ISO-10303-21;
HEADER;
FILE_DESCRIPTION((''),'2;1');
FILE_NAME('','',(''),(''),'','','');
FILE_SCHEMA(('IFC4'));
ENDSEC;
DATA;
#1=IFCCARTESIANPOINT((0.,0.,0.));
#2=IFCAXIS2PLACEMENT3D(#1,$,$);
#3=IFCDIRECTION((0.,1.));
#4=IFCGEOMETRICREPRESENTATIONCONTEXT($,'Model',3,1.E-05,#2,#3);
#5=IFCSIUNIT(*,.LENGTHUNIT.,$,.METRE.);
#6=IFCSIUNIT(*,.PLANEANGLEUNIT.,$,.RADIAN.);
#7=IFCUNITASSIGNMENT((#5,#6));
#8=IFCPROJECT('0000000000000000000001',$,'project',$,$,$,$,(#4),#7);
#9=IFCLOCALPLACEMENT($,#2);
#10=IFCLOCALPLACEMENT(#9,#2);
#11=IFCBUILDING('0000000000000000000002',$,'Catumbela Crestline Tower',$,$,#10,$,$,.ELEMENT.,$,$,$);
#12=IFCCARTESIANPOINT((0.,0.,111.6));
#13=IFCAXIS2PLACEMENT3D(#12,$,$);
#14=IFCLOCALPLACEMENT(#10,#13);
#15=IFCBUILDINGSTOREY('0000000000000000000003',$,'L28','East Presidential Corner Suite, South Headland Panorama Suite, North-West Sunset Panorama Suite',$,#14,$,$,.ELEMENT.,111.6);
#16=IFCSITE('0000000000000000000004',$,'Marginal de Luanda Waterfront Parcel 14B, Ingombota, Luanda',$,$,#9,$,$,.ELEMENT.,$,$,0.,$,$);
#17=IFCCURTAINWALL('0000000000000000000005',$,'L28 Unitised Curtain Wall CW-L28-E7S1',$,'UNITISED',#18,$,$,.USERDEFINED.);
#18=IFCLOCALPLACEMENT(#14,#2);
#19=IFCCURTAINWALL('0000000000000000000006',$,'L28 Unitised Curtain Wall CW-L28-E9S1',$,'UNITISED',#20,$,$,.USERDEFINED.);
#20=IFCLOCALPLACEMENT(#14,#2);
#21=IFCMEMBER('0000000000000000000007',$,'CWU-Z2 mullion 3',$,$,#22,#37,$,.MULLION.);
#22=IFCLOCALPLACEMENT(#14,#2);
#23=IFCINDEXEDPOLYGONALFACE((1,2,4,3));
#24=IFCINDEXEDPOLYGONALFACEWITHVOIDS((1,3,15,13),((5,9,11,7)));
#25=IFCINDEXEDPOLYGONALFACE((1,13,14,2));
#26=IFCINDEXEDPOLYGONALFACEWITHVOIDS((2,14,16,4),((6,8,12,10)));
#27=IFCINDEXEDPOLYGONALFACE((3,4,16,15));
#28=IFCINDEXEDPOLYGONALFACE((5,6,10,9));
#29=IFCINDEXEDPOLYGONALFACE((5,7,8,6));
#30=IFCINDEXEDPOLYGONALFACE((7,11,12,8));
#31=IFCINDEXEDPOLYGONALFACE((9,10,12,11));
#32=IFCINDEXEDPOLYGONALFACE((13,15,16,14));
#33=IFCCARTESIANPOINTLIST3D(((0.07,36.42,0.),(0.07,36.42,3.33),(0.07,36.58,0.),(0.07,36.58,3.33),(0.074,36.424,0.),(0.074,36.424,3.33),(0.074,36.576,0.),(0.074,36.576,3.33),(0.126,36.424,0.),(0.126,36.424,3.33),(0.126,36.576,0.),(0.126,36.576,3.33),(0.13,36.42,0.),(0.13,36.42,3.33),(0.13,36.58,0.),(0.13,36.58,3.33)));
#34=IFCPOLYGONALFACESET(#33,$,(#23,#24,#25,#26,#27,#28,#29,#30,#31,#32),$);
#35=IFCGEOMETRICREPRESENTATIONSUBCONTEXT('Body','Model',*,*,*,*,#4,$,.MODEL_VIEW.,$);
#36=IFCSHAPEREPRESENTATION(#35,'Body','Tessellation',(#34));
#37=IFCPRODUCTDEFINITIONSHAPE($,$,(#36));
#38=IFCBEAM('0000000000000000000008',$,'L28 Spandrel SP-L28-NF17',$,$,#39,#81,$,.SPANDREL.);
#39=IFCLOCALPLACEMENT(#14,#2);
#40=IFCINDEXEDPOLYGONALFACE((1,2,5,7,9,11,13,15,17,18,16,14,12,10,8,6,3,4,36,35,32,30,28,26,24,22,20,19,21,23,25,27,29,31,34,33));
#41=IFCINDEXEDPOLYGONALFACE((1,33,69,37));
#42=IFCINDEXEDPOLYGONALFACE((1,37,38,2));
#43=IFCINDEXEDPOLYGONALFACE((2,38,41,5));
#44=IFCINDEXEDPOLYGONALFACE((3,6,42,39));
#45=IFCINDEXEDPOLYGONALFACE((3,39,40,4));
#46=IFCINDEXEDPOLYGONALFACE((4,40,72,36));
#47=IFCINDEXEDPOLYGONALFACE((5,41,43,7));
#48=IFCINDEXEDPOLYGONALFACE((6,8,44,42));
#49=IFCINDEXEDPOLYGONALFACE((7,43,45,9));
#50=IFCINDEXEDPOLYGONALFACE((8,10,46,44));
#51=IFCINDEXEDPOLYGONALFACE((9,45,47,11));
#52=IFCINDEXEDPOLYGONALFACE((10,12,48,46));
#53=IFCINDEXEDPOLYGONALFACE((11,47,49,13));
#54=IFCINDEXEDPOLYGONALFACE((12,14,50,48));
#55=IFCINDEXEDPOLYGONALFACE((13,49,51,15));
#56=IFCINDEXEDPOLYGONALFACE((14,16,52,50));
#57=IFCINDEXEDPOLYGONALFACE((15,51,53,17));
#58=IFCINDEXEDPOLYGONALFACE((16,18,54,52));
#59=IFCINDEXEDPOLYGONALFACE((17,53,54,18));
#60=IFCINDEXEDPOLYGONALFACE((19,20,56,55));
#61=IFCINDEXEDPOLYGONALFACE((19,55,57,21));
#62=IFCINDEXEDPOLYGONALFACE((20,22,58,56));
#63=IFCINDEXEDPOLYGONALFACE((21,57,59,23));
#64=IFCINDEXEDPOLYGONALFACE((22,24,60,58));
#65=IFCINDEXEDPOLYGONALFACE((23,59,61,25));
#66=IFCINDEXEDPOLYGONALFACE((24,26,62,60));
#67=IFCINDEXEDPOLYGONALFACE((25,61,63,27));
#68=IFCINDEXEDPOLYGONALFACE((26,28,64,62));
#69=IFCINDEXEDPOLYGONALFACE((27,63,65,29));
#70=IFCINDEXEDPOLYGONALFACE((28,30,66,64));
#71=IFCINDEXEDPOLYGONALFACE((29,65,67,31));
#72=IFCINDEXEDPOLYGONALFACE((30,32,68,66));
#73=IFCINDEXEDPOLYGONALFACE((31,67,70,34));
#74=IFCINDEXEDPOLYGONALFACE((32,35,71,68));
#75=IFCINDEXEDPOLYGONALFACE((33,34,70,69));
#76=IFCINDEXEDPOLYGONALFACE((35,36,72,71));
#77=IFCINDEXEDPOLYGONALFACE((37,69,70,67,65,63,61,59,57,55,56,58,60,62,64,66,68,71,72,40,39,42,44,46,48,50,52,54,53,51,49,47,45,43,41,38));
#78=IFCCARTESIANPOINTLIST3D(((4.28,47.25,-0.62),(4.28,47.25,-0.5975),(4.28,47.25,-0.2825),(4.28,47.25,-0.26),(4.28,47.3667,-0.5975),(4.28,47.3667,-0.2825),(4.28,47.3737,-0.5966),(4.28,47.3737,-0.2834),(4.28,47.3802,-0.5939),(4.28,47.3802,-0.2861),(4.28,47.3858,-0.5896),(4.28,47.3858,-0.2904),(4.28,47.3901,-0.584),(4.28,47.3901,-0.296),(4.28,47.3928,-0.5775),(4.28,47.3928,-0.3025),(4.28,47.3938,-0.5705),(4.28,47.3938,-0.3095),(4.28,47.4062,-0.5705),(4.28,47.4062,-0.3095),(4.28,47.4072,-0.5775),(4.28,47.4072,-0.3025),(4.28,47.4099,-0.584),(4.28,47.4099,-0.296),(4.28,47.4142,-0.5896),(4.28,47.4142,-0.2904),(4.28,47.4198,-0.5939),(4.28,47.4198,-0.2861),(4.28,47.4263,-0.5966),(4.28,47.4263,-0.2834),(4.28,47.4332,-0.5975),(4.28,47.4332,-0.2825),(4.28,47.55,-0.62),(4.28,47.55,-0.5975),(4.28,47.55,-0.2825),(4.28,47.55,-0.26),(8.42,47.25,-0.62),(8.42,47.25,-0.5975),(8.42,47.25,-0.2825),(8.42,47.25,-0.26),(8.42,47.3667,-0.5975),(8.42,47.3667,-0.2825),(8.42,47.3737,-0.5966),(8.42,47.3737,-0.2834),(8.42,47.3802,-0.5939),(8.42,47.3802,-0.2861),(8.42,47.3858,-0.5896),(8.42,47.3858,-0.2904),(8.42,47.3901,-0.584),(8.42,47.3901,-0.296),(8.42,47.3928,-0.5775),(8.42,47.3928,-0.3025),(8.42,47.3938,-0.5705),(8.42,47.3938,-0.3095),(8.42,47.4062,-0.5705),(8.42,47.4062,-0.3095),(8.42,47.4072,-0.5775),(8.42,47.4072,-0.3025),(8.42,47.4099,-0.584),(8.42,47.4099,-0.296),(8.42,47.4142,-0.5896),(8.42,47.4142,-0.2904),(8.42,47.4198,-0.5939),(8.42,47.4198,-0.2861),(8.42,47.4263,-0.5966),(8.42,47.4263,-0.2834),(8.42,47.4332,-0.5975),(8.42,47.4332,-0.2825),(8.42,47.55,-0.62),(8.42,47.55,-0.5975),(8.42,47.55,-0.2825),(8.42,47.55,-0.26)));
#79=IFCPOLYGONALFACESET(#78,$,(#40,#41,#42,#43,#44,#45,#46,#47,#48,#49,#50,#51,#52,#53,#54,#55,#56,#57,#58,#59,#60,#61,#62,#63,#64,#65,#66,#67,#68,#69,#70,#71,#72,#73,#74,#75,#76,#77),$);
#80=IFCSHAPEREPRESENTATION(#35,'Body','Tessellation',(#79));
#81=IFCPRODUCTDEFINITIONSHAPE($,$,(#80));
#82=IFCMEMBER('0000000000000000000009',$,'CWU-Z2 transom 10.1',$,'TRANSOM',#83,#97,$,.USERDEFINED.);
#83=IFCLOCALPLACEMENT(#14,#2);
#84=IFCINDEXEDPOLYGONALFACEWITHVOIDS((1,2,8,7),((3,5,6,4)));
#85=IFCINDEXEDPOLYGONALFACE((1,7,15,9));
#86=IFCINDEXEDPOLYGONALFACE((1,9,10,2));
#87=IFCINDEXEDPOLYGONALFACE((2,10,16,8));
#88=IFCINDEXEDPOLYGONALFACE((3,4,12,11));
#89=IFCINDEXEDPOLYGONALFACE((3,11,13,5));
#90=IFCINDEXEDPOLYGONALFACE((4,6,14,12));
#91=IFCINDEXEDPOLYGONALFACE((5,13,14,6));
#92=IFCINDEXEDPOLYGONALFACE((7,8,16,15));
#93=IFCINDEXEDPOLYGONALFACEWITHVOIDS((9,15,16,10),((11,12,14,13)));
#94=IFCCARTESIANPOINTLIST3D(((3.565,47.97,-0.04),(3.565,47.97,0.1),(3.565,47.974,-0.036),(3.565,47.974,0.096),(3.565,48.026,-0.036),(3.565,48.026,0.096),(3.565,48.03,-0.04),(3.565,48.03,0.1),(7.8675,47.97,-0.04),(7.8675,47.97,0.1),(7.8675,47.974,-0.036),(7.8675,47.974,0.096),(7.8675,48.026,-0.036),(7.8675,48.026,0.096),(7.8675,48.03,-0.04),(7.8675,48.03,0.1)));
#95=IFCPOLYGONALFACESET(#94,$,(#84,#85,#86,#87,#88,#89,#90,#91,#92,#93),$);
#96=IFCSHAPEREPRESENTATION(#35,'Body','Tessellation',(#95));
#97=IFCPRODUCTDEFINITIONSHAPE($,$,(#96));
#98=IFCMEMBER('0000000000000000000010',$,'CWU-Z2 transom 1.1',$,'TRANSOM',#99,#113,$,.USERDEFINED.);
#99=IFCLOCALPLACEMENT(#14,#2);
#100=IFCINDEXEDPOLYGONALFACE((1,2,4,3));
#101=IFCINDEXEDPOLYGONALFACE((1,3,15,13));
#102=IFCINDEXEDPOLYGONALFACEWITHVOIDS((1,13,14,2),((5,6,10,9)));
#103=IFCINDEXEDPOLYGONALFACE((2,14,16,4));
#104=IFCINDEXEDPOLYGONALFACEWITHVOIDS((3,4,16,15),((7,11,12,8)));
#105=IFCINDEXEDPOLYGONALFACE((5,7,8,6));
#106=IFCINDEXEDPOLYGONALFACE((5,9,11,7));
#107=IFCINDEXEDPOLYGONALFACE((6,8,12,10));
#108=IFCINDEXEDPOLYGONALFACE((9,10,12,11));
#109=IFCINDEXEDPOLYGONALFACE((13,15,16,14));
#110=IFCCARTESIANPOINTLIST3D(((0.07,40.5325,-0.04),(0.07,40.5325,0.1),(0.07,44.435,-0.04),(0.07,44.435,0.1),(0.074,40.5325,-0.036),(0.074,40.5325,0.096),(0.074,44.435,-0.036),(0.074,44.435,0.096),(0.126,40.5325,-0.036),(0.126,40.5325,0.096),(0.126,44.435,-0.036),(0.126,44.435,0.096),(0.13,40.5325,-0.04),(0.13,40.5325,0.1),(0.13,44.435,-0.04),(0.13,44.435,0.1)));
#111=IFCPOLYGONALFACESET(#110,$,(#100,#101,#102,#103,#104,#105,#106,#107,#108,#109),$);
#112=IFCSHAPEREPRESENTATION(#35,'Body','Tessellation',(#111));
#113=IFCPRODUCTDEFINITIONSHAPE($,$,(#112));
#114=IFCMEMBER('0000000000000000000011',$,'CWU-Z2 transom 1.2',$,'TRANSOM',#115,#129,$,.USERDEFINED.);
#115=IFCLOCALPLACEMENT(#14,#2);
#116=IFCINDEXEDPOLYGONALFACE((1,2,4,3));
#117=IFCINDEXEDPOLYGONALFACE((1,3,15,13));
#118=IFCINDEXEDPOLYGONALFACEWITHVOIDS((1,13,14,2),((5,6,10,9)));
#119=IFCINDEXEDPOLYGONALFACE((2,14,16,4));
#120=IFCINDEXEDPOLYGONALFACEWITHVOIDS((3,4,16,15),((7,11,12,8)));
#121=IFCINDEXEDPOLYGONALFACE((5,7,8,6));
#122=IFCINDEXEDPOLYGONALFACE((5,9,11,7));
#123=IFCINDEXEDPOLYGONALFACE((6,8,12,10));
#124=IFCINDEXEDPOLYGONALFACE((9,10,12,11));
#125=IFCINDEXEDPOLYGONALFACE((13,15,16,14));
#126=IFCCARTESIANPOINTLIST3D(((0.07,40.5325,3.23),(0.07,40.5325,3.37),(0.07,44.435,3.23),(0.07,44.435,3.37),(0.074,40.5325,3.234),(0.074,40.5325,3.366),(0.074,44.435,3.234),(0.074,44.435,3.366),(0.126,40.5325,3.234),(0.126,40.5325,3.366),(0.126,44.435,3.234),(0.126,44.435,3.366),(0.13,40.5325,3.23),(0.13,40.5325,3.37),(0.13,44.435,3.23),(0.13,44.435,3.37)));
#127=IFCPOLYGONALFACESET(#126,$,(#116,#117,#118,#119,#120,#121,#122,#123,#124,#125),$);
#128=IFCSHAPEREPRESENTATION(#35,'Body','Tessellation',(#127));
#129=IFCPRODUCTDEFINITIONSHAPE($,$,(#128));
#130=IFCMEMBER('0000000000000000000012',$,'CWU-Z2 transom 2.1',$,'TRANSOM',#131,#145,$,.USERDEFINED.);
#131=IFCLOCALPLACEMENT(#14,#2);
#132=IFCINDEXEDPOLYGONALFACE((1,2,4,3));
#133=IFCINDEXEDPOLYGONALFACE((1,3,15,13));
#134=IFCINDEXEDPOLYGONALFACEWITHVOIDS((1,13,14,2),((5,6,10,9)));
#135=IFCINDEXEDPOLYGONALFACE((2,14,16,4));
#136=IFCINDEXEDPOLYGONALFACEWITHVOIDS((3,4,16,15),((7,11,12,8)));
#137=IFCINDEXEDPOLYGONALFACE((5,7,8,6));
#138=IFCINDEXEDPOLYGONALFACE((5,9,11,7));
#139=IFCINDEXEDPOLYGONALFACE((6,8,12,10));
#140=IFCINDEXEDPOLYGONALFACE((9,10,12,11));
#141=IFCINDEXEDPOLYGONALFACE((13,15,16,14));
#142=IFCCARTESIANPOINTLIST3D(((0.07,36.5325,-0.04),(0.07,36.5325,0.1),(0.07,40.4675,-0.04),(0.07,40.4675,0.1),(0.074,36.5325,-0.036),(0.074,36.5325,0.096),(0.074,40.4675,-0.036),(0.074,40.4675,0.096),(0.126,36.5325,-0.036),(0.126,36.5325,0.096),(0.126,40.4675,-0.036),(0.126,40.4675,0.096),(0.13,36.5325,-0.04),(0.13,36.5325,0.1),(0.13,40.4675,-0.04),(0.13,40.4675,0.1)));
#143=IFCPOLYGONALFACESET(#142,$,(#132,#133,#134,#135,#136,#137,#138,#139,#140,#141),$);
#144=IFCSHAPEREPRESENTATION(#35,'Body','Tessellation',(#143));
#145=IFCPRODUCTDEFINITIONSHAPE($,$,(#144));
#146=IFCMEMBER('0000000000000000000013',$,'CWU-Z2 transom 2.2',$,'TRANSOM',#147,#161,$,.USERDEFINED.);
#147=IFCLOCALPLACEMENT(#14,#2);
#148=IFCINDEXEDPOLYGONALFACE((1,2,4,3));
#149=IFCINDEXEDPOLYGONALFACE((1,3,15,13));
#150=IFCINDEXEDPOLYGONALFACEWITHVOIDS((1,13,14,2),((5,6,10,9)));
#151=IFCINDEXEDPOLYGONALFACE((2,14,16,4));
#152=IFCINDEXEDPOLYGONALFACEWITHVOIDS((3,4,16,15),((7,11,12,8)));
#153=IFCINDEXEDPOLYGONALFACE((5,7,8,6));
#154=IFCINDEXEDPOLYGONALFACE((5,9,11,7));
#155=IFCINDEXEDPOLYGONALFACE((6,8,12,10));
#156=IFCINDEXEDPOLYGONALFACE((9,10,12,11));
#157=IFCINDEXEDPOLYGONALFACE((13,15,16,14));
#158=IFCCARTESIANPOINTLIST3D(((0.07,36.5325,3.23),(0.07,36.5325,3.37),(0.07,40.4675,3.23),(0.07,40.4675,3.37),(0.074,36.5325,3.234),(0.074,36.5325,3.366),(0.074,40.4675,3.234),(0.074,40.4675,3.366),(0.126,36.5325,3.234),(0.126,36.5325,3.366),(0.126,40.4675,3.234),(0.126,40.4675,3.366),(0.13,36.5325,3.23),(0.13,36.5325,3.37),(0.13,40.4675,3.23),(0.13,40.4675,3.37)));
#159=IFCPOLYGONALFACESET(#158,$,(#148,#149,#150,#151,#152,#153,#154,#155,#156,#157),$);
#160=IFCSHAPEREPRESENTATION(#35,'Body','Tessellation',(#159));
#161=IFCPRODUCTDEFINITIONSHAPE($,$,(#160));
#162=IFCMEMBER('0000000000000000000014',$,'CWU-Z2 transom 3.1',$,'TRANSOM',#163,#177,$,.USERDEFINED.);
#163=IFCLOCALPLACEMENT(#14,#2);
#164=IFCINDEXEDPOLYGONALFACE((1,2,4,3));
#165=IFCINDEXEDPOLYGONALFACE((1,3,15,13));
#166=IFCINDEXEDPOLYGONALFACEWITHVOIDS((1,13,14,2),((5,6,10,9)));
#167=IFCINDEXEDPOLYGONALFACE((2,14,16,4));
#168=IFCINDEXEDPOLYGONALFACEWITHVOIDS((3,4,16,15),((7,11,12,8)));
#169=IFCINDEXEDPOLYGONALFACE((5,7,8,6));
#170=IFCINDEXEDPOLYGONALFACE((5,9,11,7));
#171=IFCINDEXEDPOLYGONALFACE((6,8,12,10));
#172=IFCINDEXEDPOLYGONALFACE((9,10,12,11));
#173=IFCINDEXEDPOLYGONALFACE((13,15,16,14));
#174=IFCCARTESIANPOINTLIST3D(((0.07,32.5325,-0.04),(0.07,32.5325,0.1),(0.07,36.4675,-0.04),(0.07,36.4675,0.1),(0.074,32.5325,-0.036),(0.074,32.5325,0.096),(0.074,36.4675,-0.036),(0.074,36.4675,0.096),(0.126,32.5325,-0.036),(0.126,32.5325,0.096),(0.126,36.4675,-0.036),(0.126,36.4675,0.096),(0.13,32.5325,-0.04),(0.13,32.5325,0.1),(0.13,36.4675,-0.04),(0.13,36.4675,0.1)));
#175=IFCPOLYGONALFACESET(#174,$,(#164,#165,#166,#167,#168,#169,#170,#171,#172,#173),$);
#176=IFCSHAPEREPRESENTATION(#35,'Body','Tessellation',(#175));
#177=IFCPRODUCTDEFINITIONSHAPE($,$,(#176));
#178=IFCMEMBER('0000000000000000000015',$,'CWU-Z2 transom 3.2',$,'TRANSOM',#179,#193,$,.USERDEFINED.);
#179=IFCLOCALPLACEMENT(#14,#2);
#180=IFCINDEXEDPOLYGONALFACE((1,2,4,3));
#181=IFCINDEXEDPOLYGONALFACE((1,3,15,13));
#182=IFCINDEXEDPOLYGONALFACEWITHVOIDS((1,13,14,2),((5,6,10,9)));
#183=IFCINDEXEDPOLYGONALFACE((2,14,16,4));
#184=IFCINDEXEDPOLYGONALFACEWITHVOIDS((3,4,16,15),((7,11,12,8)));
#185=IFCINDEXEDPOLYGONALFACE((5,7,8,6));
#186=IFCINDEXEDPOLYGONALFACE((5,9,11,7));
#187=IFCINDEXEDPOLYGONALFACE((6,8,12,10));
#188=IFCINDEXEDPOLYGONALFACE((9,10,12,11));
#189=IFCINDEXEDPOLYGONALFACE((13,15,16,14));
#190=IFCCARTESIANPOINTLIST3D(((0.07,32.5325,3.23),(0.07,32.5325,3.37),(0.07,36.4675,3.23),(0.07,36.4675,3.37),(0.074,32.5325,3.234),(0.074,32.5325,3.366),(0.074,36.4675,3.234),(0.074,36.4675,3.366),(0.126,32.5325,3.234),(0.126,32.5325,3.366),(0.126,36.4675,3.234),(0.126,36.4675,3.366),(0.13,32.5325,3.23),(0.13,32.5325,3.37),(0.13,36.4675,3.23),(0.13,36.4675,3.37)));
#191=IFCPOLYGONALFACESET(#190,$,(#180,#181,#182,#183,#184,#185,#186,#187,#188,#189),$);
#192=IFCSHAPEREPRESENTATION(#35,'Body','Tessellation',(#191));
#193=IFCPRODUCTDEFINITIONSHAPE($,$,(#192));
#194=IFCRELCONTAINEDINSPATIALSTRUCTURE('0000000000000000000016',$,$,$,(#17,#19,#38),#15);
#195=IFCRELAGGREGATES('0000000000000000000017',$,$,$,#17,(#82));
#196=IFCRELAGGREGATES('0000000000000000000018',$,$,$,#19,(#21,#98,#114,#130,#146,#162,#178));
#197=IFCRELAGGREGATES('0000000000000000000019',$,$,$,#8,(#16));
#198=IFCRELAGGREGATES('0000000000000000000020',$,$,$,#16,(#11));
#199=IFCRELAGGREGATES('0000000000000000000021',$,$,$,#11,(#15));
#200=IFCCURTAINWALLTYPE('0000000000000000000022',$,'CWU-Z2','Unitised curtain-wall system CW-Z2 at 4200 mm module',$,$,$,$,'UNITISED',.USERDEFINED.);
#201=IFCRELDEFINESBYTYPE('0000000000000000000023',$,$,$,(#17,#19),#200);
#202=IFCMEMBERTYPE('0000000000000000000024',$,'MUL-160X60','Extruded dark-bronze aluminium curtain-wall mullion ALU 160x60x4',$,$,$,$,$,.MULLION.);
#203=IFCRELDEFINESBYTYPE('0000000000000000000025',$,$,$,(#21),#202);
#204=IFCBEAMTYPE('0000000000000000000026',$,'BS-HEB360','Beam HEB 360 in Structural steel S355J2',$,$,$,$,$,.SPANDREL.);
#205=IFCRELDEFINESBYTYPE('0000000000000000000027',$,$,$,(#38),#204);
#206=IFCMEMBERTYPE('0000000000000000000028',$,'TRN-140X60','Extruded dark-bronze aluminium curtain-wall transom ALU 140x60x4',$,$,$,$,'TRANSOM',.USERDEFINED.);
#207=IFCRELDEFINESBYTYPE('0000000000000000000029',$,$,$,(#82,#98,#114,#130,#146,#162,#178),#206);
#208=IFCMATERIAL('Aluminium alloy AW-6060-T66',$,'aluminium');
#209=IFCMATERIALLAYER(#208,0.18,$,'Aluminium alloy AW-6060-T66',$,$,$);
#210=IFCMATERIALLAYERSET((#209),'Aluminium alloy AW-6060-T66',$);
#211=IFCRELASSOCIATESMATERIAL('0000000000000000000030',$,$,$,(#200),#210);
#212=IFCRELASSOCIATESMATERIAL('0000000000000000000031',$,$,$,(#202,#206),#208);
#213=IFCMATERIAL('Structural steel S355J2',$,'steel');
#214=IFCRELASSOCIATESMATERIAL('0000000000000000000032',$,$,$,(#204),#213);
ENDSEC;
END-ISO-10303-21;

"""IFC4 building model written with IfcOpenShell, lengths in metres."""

from ifc_helpers import new_model, si_unit, direction, frame, origin, origin_2d, place, context, subcontext, project, spatial, hollow_rectangle, i_section, extrude, material, layer, layer_set, material_profile, profile_set, type_object, element, aggregate, save


model = new_model("IFC4")

# Units and contexts
model_context = context("Model", 3, precision=1e-05, world=origin(), true_north=direction((0.0, 1.0)))
body_context = subcontext(model_context, "Body", "Model", "MODEL_VIEW")
ifc_project = project(units=[si_unit("LENGTHUNIT", "METRE"), si_unit("PLANEANGLEUNIT", "RADIAN")], contexts=[model_context])

# Site, building, storey
site_placement = place(None, origin())
site = spatial("IfcSite", under=ifc_project, at=site_placement, Name="Marginal de Luanda Waterfront Parcel 14B, Ingombota, Luanda", CompositionType="ELEMENT", RefElevation=0.0)
building_placement = place(site_placement, origin())
building = spatial("IfcBuilding", under=site, at=building_placement, Name="Catumbela Crestline Tower", CompositionType="ELEMENT")
storey_placement = place(building_placement, frame((0.0, 0.0, 111.6)))
storey = spatial("IfcBuildingStorey", under=building, at=storey_placement, Name="L28", Description="East Presidential Corner Suite, South Headland Panorama Suite, North-West Sunset Panorama Suite", CompositionType="ELEMENT", Elevation=111.6)

# Shared definitions
ifc_material_1 = material(Name="Structural steel S355J2", Category="steel")

# Curtain wall
ifc_material_2 = material(Name="Aluminium alloy AW-6060-T66", Category="aluminium")
ifc_layer_1 = layer(ifc_material_2, 0.18, Name="Aluminium alloy AW-6060-T66")
ifc_layer_set_1 = layer_set([ifc_layer_1], Name="Aluminium alloy AW-6060-T66")
curtain_wall_type = type_object("IfcCurtainWallType", Name="CWU-Z2", Description="Unitised curtain-wall system CW-Z2 at 4200 mm module", ElementType="UNITISED", PredefinedType="USERDEFINED", material=ifc_layer_set_1)
curtain_wall_1_placement = place(storey_placement, origin())
curtain_wall_1 = element("IfcCurtainWall", 1, at=curtain_wall_1_placement, inside=storey, type_object=curtain_wall_type, Name="L28 Unitised Curtain Wall CW-L28-E7S1", ObjectType="UNITISED", PredefinedType="USERDEFINED")
ifc_material_profile_1 = material_profile(ifc_material_2, hollow_rectangle(XDim=0.06, YDim=0.16, WallThickness=0.004, at=origin_2d()), Name="ALU 160x60x4")
ifc_profile_set_1 = profile_set([ifc_material_profile_1], Name="Aluminium alloy AW-6060-T66")
member_type_1 = type_object("IfcMemberType", Name="MUL-160X60", Description="Extruded dark-bronze aluminium curtain-wall mullion ALU 160x60x4", PredefinedType="MULLION", material=ifc_profile_set_1)

# Curtain wall, member
curtain_wall_2_placement = place(storey_placement, origin())
curtain_wall_2 = element("IfcCurtainWall", 2, at=curtain_wall_2_placement, inside=storey, type_object=curtain_wall_type, Name="L28 Unitised Curtain Wall CW-L28-E9S1", ObjectType="UNITISED", PredefinedType="USERDEFINED")
member_1_placement = place(storey_placement, frame((0.1, 36.5, 0.0), z_axis=(0.0, 0.0, 1.0), x_axis=(1.0, 0.0, 0.0)))
member_1 = element("IfcMember", 3, at=member_1_placement, type_object=member_type_1, Name="CWU-Z2 mullion 3", PredefinedType="MULLION", context=body_context, shape_type="SweptSolid", body=[
    extrude(hollow_rectangle(XDim=0.06, YDim=0.16, WallThickness=0.004, at=origin_2d()), origin(), (0.0, 0.0, 1.0), 3.33),
])

# Beam
ifc_material_profile_2 = material_profile(ifc_material_1, i_section(OverallWidth=0.3, OverallDepth=0.36, WebThickness=0.0125, FlangeThickness=0.0225, FilletRadius=0.027, at=origin_2d()), Name="HEB 360")
ifc_profile_set_2 = profile_set([ifc_material_profile_2], Name="Structural steel S355J2")
beam_type_1 = type_object("IfcBeamType", Name="BS-HEB360", Description="Beam HEB 360 in Structural steel S355J2", PredefinedType="SPANDREL", material=ifc_profile_set_2)
beam_1_placement = place(storey_placement, frame((4.28, 47.4, -0.44), z_axis=(1.0, 0.0, 0.0), x_axis=(0.0, 1.0, 0.0)))
element("IfcBeam", 4, at=beam_1_placement, inside=storey, type_object=beam_type_1, Name="L28 Spandrel SP-L28-NF17", PredefinedType="SPANDREL", context=body_context, shape_type="SweptSolid", body=[
    extrude(i_section(OverallWidth=0.3, OverallDepth=0.36, WebThickness=0.0125, FlangeThickness=0.0225, FilletRadius=0.027, at=origin_2d()), origin(), (0.0, 0.0, 1.0), 4.14),
])

# Members
ifc_material_profile_3 = material_profile(ifc_material_2, hollow_rectangle(XDim=0.06, YDim=0.14, WallThickness=0.004, at=origin_2d()), Name="ALU 140x60x4")
ifc_profile_set_3 = profile_set([ifc_material_profile_3], Name="Aluminium alloy AW-6060-T66")
member_type_2 = type_object("IfcMemberType", Name="TRN-140X60", Description="Extruded dark-bronze aluminium curtain-wall transom ALU 140x60x4", ElementType="TRANSOM", PredefinedType="USERDEFINED", material=ifc_profile_set_3)
member_2_placement = place(storey_placement, frame((7.8675, 48.0, 0.03), z_axis=(-1.0, 0.0, 0.0), x_axis=(0.0, -1.0, 0.0)))
member_2 = element("IfcMember", 5, at=member_2_placement, type_object=member_type_2, Name="CWU-Z2 transom 10.1", ObjectType="TRANSOM", PredefinedType="USERDEFINED", context=body_context, shape_type="SweptSolid", body=[
    extrude(hollow_rectangle(XDim=0.06, YDim=0.14, WallThickness=0.004, at=origin_2d()), origin(), (0.0, 0.0, 1.0), 4.3025),
])
member_3_placement = place(storey_placement, frame((0.1, 44.435, 0.03), z_axis=(0.0, -1.0, 0.0), x_axis=(1.0, 0.0, 0.0)))
member_3 = element("IfcMember", 6, at=member_3_placement, type_object=member_type_2, Name="CWU-Z2 transom 1.1", ObjectType="TRANSOM", PredefinedType="USERDEFINED", context=body_context, shape_type="SweptSolid", body=[
    extrude(hollow_rectangle(XDim=0.06, YDim=0.14, WallThickness=0.004, at=origin_2d()), origin(), (0.0, 0.0, 1.0), 3.9025),
])
member_4_placement = place(storey_placement, frame((0.1, 44.435, 3.3), z_axis=(0.0, -1.0, 0.0), x_axis=(1.0, 0.0, 0.0)))
member_4 = element("IfcMember", 7, at=member_4_placement, type_object=member_type_2, Name="CWU-Z2 transom 1.2", ObjectType="TRANSOM", PredefinedType="USERDEFINED", context=body_context, shape_type="SweptSolid", body=[
    extrude(hollow_rectangle(XDim=0.06, YDim=0.14, WallThickness=0.004, at=origin_2d()), origin(), (0.0, 0.0, 1.0), 3.9025),
])
member_5_placement = place(storey_placement, frame((0.1, 40.4675, 0.03), z_axis=(0.0, -1.0, 0.0), x_axis=(1.0, 0.0, 0.0)))
member_5 = element("IfcMember", 8, at=member_5_placement, type_object=member_type_2, Name="CWU-Z2 transom 2.1", ObjectType="TRANSOM", PredefinedType="USERDEFINED", context=body_context, shape_type="SweptSolid", body=[
    extrude(hollow_rectangle(XDim=0.06, YDim=0.14, WallThickness=0.004, at=origin_2d()), origin(), (0.0, 0.0, 1.0), 3.935),
])
member_6_placement = place(storey_placement, frame((0.1, 40.4675, 3.3), z_axis=(0.0, -1.0, 0.0), x_axis=(1.0, 0.0, 0.0)))
member_6 = element("IfcMember", 9, at=member_6_placement, type_object=member_type_2, Name="CWU-Z2 transom 2.2", ObjectType="TRANSOM", PredefinedType="USERDEFINED", context=body_context, shape_type="SweptSolid", body=[
    extrude(hollow_rectangle(XDim=0.06, YDim=0.14, WallThickness=0.004, at=origin_2d()), origin(), (0.0, 0.0, 1.0), 3.935),
])
member_7_placement = place(storey_placement, frame((0.1, 36.4675, 0.03), z_axis=(0.0, -1.0, 0.0), x_axis=(1.0, 0.0, 0.0)))
member_7 = element("IfcMember", 10, at=member_7_placement, type_object=member_type_2, Name="CWU-Z2 transom 3.1", ObjectType="TRANSOM", PredefinedType="USERDEFINED", context=body_context, shape_type="SweptSolid", body=[
    extrude(hollow_rectangle(XDim=0.06, YDim=0.14, WallThickness=0.004, at=origin_2d()), origin(), (0.0, 0.0, 1.0), 3.935),
])
member_8_placement = place(storey_placement, frame((0.1, 36.4675, 3.3), z_axis=(0.0, -1.0, 0.0), x_axis=(1.0, 0.0, 0.0)))
member_8 = element("IfcMember", 11, at=member_8_placement, type_object=member_type_2, Name="CWU-Z2 transom 3.2", ObjectType="TRANSOM", PredefinedType="USERDEFINED", context=body_context, shape_type="SweptSolid", body=[
    extrude(hollow_rectangle(XDim=0.06, YDim=0.14, WallThickness=0.004, at=origin_2d()), origin(), (0.0, 0.0, 1.0), 3.935),
])

aggregate(curtain_wall_1, [member_2])
aggregate(curtain_wall_2, [member_1, member_3, member_4, member_5, member_6, member_7, member_8])

save(model, "model.ifc")
